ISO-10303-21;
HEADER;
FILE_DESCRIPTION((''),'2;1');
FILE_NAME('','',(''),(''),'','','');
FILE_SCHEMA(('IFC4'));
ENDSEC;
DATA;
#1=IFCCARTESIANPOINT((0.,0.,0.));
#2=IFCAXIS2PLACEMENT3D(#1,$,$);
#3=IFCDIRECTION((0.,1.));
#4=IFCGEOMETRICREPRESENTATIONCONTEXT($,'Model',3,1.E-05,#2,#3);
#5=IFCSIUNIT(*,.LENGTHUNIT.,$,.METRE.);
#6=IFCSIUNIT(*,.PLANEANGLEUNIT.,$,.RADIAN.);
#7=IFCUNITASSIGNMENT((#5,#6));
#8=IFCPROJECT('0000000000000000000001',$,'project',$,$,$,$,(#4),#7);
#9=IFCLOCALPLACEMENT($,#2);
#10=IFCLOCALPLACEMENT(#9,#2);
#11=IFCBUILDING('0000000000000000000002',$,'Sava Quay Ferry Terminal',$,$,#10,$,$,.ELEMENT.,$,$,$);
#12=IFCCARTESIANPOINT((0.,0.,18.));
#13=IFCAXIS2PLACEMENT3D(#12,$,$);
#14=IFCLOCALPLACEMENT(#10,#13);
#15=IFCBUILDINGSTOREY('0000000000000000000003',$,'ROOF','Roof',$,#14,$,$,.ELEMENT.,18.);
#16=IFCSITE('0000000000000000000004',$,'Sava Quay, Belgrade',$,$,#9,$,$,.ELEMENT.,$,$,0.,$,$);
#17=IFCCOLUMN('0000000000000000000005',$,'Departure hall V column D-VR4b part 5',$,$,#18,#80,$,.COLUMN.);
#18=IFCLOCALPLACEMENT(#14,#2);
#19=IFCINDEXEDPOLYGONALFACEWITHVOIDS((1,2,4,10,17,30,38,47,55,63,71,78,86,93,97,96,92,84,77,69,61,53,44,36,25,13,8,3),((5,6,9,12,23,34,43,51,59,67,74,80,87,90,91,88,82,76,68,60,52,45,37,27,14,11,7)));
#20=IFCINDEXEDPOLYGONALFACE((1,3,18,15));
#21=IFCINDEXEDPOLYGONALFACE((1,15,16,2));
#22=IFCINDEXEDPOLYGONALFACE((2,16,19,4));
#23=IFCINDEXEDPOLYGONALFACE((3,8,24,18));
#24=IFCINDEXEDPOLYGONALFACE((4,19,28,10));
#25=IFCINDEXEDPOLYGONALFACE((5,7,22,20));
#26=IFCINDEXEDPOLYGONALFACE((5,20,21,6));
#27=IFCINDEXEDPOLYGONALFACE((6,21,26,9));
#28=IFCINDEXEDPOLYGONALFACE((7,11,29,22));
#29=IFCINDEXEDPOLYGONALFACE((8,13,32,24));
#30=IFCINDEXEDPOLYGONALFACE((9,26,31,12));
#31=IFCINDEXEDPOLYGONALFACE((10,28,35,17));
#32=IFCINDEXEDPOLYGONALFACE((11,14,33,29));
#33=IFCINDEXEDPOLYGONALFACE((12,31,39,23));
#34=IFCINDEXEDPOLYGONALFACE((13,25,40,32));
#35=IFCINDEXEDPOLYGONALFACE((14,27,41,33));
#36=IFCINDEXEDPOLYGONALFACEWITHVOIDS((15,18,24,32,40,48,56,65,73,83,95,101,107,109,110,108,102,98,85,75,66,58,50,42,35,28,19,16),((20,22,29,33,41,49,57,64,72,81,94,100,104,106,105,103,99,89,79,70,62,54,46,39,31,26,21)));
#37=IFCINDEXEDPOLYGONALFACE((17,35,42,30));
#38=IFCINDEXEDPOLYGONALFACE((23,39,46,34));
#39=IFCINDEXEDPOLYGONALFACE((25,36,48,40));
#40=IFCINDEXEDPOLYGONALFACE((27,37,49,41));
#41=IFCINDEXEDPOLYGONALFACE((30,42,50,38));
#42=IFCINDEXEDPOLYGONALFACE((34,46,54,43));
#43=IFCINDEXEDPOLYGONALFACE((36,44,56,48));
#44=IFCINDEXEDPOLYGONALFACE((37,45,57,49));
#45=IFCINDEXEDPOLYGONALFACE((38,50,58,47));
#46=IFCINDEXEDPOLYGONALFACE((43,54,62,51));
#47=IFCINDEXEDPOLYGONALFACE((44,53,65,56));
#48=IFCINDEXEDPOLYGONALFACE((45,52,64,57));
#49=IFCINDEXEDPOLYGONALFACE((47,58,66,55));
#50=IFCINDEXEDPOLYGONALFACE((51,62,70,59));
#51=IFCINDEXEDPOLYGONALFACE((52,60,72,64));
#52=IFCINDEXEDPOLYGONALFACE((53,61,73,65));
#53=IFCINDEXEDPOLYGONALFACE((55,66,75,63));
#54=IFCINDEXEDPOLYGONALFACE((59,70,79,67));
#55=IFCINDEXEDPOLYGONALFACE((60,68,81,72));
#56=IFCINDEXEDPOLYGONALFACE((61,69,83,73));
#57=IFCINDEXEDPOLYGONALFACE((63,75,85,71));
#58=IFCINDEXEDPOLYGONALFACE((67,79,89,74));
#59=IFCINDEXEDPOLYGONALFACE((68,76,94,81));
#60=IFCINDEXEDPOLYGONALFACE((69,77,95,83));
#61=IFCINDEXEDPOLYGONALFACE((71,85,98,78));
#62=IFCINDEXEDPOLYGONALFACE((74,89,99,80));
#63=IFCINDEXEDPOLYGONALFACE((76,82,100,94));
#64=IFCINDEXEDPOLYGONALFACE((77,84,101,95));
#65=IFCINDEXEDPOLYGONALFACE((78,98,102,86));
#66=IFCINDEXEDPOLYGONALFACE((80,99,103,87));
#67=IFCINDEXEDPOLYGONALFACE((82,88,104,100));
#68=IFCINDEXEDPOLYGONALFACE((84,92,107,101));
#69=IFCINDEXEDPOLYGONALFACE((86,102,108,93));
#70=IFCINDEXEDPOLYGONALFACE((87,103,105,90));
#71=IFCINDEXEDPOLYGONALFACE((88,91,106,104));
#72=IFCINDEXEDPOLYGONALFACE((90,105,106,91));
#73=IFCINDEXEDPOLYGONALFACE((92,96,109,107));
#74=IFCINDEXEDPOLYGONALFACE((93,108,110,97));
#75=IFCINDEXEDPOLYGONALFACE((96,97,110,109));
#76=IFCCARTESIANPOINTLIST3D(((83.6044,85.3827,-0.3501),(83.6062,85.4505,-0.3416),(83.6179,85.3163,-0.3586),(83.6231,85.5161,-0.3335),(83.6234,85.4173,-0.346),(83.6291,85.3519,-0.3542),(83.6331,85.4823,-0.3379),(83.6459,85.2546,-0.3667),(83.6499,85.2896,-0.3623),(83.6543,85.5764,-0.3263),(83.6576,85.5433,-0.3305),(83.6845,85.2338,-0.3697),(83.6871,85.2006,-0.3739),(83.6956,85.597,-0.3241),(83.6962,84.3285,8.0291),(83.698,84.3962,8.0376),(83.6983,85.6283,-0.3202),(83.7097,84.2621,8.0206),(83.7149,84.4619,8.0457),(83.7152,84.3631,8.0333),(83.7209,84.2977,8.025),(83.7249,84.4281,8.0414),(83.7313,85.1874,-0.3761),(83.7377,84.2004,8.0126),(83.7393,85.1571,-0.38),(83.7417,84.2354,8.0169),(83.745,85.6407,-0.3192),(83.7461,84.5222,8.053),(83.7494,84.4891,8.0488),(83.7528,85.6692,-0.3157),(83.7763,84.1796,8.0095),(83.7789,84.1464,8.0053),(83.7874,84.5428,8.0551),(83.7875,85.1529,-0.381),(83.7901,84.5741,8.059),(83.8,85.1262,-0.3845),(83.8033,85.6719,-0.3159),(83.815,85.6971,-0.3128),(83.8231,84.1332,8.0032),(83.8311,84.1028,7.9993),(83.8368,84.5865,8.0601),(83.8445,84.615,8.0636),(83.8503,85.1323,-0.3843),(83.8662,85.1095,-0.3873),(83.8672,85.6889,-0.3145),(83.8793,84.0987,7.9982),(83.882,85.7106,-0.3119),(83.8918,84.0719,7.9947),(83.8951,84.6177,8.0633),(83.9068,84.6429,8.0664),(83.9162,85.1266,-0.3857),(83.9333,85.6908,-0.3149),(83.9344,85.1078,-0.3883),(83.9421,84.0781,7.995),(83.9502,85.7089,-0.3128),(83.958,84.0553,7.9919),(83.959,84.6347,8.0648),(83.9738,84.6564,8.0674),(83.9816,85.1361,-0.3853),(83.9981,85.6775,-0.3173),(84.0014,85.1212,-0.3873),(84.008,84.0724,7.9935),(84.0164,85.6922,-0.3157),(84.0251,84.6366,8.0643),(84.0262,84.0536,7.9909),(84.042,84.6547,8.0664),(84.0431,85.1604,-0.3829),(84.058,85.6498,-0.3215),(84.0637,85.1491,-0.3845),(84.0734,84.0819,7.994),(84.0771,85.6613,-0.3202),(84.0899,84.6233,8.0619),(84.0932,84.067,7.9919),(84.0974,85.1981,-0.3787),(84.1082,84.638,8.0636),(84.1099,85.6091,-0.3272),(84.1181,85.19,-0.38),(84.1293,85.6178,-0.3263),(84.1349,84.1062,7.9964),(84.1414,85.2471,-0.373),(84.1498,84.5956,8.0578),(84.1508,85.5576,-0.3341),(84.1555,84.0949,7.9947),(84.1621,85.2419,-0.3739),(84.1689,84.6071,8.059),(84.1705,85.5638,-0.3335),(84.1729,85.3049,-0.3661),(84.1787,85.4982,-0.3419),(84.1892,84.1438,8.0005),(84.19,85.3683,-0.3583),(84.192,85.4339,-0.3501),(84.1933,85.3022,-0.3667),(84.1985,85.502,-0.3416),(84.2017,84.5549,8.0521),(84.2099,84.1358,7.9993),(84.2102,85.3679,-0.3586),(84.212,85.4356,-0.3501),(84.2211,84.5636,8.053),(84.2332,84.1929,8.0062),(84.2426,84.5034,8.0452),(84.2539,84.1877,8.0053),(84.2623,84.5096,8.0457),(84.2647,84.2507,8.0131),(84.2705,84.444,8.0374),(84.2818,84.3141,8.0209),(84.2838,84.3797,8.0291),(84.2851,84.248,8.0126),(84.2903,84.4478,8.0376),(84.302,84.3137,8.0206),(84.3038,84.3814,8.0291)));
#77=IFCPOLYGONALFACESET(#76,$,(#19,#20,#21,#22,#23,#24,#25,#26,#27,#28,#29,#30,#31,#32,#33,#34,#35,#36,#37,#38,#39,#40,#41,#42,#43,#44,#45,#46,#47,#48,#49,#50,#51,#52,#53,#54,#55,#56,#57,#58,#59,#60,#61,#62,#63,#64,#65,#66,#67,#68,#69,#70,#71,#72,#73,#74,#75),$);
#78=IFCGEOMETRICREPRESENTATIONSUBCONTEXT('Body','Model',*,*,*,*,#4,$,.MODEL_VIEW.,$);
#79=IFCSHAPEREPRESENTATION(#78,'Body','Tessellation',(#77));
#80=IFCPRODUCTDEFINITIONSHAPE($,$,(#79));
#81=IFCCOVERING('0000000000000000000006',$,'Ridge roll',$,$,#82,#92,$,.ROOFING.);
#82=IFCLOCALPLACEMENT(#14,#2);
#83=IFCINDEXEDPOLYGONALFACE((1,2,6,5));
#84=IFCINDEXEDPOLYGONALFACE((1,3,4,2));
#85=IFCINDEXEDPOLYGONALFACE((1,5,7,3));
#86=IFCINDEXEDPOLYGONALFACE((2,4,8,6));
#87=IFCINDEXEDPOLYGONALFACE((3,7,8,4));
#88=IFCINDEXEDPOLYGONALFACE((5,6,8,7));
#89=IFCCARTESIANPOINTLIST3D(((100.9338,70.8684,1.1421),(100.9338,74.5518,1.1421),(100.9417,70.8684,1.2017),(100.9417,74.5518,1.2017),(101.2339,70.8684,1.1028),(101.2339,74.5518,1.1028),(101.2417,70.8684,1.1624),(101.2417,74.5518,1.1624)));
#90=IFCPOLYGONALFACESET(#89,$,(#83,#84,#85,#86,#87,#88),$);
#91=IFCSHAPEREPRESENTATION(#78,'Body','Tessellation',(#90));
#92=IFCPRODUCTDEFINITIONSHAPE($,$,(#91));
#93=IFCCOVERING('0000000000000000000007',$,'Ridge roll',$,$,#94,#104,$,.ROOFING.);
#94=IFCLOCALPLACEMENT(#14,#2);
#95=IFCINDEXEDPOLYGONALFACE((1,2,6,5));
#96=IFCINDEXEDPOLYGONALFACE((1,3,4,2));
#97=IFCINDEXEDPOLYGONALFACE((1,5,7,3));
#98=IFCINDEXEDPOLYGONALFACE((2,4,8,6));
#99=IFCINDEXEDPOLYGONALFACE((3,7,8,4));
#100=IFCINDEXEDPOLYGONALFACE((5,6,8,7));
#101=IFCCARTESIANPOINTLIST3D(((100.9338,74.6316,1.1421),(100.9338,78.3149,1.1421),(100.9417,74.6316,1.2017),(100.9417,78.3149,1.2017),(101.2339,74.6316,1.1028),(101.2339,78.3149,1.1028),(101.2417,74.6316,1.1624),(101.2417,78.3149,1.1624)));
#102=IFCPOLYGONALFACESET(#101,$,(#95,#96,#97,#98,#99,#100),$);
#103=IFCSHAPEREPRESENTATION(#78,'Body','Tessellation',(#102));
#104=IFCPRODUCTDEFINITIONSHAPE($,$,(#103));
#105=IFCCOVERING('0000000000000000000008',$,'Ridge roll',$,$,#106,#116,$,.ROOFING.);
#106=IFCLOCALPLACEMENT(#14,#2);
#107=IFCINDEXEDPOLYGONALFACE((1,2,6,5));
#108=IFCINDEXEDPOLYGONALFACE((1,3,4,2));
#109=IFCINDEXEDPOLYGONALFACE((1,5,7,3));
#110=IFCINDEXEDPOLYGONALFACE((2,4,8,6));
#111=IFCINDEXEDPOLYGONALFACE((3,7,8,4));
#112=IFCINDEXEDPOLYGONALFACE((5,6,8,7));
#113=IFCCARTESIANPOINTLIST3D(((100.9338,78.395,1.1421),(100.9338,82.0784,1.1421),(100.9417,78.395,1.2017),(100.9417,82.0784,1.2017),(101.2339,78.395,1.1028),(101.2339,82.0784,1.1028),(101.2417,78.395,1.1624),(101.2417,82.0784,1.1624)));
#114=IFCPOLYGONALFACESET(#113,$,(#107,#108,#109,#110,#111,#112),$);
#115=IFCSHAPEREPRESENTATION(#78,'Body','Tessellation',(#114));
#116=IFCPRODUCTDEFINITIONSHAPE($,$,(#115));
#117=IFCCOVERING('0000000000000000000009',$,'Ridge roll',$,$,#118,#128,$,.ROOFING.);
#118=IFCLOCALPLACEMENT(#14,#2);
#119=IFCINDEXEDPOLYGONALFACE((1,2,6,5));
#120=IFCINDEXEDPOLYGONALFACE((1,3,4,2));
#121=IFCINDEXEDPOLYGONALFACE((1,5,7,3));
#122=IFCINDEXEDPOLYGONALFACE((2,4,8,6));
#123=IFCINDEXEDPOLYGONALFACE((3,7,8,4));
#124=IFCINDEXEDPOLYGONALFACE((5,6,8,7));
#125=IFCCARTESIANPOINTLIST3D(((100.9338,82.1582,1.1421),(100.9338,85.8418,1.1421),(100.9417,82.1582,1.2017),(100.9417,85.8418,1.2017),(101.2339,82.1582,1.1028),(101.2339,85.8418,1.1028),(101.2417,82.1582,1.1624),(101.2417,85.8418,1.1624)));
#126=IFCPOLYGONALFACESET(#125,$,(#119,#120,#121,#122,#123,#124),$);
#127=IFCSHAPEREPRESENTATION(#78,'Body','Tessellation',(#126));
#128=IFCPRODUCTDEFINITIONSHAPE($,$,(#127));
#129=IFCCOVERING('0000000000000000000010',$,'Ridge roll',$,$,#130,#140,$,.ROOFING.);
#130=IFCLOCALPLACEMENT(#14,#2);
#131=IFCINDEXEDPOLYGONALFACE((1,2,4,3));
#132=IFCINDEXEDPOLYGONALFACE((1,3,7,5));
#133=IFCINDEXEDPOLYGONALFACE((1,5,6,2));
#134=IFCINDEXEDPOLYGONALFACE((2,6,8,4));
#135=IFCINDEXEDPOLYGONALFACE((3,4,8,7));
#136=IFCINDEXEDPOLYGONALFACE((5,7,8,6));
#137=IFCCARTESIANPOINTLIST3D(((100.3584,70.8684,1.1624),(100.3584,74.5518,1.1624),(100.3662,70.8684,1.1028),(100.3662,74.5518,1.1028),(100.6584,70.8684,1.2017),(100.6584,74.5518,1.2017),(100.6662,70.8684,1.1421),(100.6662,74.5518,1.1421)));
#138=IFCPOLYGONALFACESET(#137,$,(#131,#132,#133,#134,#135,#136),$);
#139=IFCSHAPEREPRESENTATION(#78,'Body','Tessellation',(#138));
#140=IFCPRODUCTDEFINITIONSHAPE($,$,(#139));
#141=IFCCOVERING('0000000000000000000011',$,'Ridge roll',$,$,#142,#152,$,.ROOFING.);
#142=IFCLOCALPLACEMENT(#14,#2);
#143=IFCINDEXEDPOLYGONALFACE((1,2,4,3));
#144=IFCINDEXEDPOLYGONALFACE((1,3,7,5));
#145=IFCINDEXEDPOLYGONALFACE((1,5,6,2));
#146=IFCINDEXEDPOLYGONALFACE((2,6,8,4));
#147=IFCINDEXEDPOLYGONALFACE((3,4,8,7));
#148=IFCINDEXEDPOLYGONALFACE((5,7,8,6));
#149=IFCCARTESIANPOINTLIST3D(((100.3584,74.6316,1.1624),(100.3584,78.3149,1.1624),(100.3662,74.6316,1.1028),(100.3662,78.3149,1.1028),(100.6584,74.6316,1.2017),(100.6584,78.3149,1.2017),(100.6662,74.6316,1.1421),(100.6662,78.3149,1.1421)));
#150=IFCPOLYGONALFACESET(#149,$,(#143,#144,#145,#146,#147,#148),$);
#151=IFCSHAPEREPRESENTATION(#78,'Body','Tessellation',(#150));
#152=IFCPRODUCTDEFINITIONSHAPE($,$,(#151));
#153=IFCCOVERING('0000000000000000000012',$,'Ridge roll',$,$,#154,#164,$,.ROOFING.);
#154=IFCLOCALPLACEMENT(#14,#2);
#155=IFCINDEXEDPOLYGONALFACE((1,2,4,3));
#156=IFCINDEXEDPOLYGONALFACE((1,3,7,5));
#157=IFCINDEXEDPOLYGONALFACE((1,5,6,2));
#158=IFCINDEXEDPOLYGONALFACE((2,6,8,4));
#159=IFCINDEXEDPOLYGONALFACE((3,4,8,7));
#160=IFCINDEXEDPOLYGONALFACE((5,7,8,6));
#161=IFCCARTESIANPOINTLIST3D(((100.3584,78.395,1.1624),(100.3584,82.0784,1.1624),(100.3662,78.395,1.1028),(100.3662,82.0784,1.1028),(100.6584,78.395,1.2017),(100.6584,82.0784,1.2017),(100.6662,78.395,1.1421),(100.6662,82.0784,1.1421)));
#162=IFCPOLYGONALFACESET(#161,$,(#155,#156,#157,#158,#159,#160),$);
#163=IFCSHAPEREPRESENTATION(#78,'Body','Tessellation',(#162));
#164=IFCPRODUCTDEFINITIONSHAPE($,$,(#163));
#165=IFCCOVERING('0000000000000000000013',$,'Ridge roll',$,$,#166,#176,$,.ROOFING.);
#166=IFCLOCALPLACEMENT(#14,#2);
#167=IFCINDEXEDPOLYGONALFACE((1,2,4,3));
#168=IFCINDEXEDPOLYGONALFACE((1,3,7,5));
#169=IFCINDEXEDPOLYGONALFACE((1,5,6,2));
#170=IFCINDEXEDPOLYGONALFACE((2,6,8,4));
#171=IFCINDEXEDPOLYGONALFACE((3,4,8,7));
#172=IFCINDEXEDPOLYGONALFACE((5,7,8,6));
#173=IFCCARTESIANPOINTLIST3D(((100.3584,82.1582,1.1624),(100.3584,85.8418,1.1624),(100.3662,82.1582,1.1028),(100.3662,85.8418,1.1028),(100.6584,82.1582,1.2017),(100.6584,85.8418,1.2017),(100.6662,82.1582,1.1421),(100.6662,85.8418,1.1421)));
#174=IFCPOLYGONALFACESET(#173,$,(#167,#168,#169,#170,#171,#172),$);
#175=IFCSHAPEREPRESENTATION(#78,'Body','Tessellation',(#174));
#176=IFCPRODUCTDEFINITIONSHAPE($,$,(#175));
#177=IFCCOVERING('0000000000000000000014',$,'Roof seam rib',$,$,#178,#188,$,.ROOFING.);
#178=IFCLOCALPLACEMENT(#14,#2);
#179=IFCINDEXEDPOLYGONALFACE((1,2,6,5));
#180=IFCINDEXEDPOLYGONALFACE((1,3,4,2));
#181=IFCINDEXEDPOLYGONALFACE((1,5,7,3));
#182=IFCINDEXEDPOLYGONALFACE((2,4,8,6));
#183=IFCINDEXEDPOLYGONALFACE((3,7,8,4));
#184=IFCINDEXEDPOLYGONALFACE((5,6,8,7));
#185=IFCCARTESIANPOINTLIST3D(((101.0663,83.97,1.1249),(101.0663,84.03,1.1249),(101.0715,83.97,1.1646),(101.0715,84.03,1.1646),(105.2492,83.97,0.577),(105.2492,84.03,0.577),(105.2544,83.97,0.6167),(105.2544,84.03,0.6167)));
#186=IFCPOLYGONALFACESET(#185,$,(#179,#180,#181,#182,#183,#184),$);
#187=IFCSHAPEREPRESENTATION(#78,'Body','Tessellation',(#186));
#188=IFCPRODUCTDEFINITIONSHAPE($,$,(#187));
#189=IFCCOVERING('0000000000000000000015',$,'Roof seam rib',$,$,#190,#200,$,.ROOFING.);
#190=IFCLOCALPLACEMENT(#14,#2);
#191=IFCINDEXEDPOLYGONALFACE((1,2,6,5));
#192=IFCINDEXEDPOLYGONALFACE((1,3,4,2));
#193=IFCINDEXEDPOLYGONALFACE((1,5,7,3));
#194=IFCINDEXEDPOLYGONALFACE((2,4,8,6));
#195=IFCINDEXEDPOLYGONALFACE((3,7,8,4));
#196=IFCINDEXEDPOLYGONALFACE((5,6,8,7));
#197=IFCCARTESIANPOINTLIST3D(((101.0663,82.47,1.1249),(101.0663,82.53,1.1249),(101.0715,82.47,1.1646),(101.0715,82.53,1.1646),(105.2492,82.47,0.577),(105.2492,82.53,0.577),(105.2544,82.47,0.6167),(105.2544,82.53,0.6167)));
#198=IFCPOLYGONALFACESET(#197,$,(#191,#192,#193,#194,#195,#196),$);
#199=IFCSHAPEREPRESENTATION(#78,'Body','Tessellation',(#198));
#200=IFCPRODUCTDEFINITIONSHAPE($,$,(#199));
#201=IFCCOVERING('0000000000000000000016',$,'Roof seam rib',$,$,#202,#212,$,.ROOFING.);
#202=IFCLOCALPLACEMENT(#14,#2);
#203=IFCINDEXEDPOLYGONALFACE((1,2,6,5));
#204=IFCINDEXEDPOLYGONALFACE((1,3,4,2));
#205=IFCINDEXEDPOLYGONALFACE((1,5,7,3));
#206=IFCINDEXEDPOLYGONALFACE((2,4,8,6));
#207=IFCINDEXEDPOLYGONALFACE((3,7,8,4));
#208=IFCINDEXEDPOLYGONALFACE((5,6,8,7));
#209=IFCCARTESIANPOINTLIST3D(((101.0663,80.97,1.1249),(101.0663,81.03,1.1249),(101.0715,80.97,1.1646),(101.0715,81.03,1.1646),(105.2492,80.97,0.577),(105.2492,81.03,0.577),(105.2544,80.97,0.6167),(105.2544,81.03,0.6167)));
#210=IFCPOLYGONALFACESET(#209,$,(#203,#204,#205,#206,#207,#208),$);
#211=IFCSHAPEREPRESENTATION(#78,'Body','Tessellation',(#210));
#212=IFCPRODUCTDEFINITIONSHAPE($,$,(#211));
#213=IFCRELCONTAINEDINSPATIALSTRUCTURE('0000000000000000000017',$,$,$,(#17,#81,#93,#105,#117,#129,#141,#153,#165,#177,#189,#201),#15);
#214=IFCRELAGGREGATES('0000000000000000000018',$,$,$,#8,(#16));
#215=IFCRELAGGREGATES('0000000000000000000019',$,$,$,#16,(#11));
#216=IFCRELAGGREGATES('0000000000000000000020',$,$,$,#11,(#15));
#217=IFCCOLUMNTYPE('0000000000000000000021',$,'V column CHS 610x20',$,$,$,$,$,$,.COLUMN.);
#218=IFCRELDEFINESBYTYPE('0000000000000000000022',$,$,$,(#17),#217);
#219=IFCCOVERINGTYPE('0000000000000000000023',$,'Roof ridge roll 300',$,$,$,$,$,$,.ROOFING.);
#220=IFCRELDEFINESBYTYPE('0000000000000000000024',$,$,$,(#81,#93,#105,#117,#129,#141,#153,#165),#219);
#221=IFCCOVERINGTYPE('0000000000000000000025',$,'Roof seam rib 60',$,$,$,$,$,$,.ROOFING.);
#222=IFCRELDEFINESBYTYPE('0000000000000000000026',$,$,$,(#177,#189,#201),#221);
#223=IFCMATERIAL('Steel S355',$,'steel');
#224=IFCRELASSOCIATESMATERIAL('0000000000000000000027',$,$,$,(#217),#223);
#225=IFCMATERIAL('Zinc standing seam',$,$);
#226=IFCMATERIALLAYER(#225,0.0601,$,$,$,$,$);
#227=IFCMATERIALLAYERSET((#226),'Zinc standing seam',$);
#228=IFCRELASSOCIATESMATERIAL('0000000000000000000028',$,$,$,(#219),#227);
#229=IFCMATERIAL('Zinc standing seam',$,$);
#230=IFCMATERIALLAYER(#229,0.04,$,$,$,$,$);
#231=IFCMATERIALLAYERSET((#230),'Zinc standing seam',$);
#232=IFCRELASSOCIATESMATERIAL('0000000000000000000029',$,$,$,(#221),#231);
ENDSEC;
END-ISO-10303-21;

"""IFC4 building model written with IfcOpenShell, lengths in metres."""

from ifc_helpers import new_model, si_unit, direction, frame, origin, origin_2d, place, context, subcontext, project, spatial, polyline, hollow_circle, outline, extrude, material, layer, layer_set, material_profile, profile_set, type_object, element, save


model = new_model("IFC4")

# Units and contexts
model_context = context("Model", 3, precision=1e-05, world=origin(), true_north=direction((0.0, 1.0)))
body_context = subcontext(model_context, "Body", "Model", "MODEL_VIEW")
ifc_project = project(units=[si_unit("LENGTHUNIT", "METRE"), si_unit("PLANEANGLEUNIT", "RADIAN")], contexts=[model_context])

# Site, building, storey
site_placement = place(None, origin())
site = spatial("IfcSite", under=ifc_project, at=site_placement, Name="Sava Quay, Belgrade", CompositionType="ELEMENT", RefElevation=0.0)
building_placement = place(site_placement, origin())
building = spatial("IfcBuilding", under=site, at=building_placement, Name="Sava Quay Ferry Terminal", CompositionType="ELEMENT")
storey_placement = place(building_placement, frame((0.0, 0.0, 18.0)))
storey = spatial("IfcBuildingStorey", under=building, at=storey_placement, Name="ROOF", Description="Roof", CompositionType="ELEMENT", Elevation=18.0)

# Column
ifc_material_1 = material(Name="Steel S355", Category="steel")
ifc_material_profile = material_profile(ifc_material_1, hollow_circle(Radius=0.3049, WallThickness=0.02, at=origin_2d()), Name="CHS 610 x 20.0")
ifc_profile_set = profile_set([ifc_material_profile], Name="Steel S355")
column_type = type_object("IfcColumnType", Name="V column CHS 610x20", PredefinedType="COLUMN", material=ifc_profile_set)
for number, where, z_axis, x_axis, name in (
    (1, (83.9082, 85.4092, -0.3501), (0.010869, -0.124821, 0.99212), (0.99623, 0.086749, 0.0), "Departure hall V column D-VR4b part 5"),
):
    element("IfcColumn", number, at=place(storey_placement, frame(where, z_axis=z_axis, x_axis=x_axis)), inside=storey, type_object=column_type, Name=name, PredefinedType="COLUMN", context=body_context, shape_type="SweptSolid", body=[
        extrude(hollow_circle(Radius=0.3049, WallThickness=0.02, at=origin_2d()), origin(), (0.0, 0.0, 1.0), 8.4458),
    ])

# Coverings
ifc_material_2 = material(Name="Zinc standing seam")
ifc_layer_1 = layer(ifc_material_2, 0.0601)
ifc_layer_set_1 = layer_set([ifc_layer_1], Name="Zinc standing seam")
covering_type_1 = type_object("IfcCoveringType", Name="Roof ridge roll 300", PredefinedType="ROOFING", material=ifc_layer_set_1)
for number, where, z_axis, x_axis, name in (
    (2, (100.9417, 70.8684, 1.2017), (0.129891, 0.0, 0.991528), (0.0, 1.0, 0.0), "Ridge roll"),
    (3, (100.9417, 74.6316, 1.2017), (0.129891, 0.0, 0.991528), (0.0, 1.0, 0.0), "Ridge roll"),
    (4, (100.9417, 78.395, 1.2017), (0.129891, 0.0, 0.991528), (0.0, 1.0, 0.0), "Ridge roll"),
):
    element("IfcCovering", number, at=place(storey_placement, frame(where, z_axis=z_axis, x_axis=x_axis)), inside=storey, type_object=covering_type_1, Name=name, PredefinedType="ROOFING", context=body_context, shape_type="SweptSolid", body=[
        extrude(outline(polyline([(0.0, 0.0), (3.6833, 0.0), (3.6833, -0.3026), (0.0, -0.3026), (0.0, 0.0)])), origin(), (0.0, 0.0, -1.0), 0.0601),
    ])
covering_1_placement = place(storey_placement, frame((100.9417, 82.1582, 1.2017), z_axis=(0.129891, 0.0, 0.991528), x_axis=(0.0, 1.0, 0.0)))
element("IfcCovering", 5, at=covering_1_placement, inside=storey, type_object=covering_type_1, Name="Ridge roll", PredefinedType="ROOFING", context=body_context, shape_type="SweptSolid", body=[
    extrude(outline(polyline([(0.0, 0.0), (3.6836, 0.0), (3.6836, -0.3026), (0.0, -0.3026), (0.0, 0.0)])), origin(), (0.0, 0.0, -1.0), 0.0601),
])
for number, where, z_axis, x_axis, name in (
    (6, (100.3584, 70.8684, 1.1624), (-0.129891, 0.0, 0.991528), (0.0, 1.0, 0.0), "Ridge roll"),
    (7, (100.3584, 74.6316, 1.1624), (-0.129891, 0.0, 0.991528), (0.0, 1.0, 0.0), "Ridge roll"),
    (8, (100.3584, 78.395, 1.1624), (-0.129891, 0.0, 0.991528), (0.0, 1.0, 0.0), "Ridge roll"),
):
    element("IfcCovering", number, at=place(storey_placement, frame(where, z_axis=z_axis, x_axis=x_axis)), inside=storey, type_object=covering_type_1, Name=name, PredefinedType="ROOFING", context=body_context, shape_type="SweptSolid", body=[
        extrude(outline(polyline([(0.0, 0.0), (3.6833, 0.0), (3.6833, -0.3026), (0.0, -0.3026), (0.0, 0.0)])), origin(), (0.0, 0.0, -1.0), 0.0601),
    ])
covering_2_placement = place(storey_placement, frame((100.3584, 82.1582, 1.1624), z_axis=(-0.129891, 0.0, 0.991528), x_axis=(0.0, 1.0, 0.0)))
element("IfcCovering", 9, at=covering_2_placement, inside=storey, type_object=covering_type_1, Name="Ridge roll", PredefinedType="ROOFING", context=body_context, shape_type="SweptSolid", body=[
    extrude(outline(polyline([(0.0, 0.0), (3.6836, 0.0), (3.6836, -0.3026), (0.0, -0.3026), (0.0, 0.0)])), origin(), (0.0, 0.0, -1.0), 0.0601),
])
ifc_material_3 = material(Name="Zinc standing seam")
ifc_layer_2 = layer(ifc_material_3, 0.04)
ifc_layer_set_2 = layer_set([ifc_layer_2], Name="Zinc standing seam")
covering_type_2 = type_object("IfcCoveringType", Name="Roof seam rib 60", PredefinedType="ROOFING", material=ifc_layer_set_2)
for number, where, z_axis, x_axis, name in (
    (10, (105.2544, 83.97, 0.6167), (0.129866, 0.0, 0.991532), (-0.991532, 0.0, 0.129866), "Roof seam rib"),
    (11, (105.2544, 82.47, 0.6167), (0.129866, 0.0, 0.991532), (-0.991532, 0.0, 0.129866), "Roof seam rib"),
    (12, (105.2544, 80.97, 0.6167), (0.129866, 0.0, 0.991532), (-0.991532, 0.0, 0.129866), "Roof seam rib"),
):
    element("IfcCovering", number, at=place(storey_placement, frame(where, z_axis=z_axis, x_axis=x_axis)), inside=storey, type_object=covering_type_2, Name=name, PredefinedType="ROOFING", context=body_context, shape_type="SweptSolid", body=[
        extrude(outline(polyline([(0.0, 0.0), (4.2186, 0.0), (4.2186, -0.0601), (0.0, -0.0601), (0.0, 0.0)])), origin(), (0.0, 0.0, -1.0), 0.04),
    ])

save(model, "model.ifc")
